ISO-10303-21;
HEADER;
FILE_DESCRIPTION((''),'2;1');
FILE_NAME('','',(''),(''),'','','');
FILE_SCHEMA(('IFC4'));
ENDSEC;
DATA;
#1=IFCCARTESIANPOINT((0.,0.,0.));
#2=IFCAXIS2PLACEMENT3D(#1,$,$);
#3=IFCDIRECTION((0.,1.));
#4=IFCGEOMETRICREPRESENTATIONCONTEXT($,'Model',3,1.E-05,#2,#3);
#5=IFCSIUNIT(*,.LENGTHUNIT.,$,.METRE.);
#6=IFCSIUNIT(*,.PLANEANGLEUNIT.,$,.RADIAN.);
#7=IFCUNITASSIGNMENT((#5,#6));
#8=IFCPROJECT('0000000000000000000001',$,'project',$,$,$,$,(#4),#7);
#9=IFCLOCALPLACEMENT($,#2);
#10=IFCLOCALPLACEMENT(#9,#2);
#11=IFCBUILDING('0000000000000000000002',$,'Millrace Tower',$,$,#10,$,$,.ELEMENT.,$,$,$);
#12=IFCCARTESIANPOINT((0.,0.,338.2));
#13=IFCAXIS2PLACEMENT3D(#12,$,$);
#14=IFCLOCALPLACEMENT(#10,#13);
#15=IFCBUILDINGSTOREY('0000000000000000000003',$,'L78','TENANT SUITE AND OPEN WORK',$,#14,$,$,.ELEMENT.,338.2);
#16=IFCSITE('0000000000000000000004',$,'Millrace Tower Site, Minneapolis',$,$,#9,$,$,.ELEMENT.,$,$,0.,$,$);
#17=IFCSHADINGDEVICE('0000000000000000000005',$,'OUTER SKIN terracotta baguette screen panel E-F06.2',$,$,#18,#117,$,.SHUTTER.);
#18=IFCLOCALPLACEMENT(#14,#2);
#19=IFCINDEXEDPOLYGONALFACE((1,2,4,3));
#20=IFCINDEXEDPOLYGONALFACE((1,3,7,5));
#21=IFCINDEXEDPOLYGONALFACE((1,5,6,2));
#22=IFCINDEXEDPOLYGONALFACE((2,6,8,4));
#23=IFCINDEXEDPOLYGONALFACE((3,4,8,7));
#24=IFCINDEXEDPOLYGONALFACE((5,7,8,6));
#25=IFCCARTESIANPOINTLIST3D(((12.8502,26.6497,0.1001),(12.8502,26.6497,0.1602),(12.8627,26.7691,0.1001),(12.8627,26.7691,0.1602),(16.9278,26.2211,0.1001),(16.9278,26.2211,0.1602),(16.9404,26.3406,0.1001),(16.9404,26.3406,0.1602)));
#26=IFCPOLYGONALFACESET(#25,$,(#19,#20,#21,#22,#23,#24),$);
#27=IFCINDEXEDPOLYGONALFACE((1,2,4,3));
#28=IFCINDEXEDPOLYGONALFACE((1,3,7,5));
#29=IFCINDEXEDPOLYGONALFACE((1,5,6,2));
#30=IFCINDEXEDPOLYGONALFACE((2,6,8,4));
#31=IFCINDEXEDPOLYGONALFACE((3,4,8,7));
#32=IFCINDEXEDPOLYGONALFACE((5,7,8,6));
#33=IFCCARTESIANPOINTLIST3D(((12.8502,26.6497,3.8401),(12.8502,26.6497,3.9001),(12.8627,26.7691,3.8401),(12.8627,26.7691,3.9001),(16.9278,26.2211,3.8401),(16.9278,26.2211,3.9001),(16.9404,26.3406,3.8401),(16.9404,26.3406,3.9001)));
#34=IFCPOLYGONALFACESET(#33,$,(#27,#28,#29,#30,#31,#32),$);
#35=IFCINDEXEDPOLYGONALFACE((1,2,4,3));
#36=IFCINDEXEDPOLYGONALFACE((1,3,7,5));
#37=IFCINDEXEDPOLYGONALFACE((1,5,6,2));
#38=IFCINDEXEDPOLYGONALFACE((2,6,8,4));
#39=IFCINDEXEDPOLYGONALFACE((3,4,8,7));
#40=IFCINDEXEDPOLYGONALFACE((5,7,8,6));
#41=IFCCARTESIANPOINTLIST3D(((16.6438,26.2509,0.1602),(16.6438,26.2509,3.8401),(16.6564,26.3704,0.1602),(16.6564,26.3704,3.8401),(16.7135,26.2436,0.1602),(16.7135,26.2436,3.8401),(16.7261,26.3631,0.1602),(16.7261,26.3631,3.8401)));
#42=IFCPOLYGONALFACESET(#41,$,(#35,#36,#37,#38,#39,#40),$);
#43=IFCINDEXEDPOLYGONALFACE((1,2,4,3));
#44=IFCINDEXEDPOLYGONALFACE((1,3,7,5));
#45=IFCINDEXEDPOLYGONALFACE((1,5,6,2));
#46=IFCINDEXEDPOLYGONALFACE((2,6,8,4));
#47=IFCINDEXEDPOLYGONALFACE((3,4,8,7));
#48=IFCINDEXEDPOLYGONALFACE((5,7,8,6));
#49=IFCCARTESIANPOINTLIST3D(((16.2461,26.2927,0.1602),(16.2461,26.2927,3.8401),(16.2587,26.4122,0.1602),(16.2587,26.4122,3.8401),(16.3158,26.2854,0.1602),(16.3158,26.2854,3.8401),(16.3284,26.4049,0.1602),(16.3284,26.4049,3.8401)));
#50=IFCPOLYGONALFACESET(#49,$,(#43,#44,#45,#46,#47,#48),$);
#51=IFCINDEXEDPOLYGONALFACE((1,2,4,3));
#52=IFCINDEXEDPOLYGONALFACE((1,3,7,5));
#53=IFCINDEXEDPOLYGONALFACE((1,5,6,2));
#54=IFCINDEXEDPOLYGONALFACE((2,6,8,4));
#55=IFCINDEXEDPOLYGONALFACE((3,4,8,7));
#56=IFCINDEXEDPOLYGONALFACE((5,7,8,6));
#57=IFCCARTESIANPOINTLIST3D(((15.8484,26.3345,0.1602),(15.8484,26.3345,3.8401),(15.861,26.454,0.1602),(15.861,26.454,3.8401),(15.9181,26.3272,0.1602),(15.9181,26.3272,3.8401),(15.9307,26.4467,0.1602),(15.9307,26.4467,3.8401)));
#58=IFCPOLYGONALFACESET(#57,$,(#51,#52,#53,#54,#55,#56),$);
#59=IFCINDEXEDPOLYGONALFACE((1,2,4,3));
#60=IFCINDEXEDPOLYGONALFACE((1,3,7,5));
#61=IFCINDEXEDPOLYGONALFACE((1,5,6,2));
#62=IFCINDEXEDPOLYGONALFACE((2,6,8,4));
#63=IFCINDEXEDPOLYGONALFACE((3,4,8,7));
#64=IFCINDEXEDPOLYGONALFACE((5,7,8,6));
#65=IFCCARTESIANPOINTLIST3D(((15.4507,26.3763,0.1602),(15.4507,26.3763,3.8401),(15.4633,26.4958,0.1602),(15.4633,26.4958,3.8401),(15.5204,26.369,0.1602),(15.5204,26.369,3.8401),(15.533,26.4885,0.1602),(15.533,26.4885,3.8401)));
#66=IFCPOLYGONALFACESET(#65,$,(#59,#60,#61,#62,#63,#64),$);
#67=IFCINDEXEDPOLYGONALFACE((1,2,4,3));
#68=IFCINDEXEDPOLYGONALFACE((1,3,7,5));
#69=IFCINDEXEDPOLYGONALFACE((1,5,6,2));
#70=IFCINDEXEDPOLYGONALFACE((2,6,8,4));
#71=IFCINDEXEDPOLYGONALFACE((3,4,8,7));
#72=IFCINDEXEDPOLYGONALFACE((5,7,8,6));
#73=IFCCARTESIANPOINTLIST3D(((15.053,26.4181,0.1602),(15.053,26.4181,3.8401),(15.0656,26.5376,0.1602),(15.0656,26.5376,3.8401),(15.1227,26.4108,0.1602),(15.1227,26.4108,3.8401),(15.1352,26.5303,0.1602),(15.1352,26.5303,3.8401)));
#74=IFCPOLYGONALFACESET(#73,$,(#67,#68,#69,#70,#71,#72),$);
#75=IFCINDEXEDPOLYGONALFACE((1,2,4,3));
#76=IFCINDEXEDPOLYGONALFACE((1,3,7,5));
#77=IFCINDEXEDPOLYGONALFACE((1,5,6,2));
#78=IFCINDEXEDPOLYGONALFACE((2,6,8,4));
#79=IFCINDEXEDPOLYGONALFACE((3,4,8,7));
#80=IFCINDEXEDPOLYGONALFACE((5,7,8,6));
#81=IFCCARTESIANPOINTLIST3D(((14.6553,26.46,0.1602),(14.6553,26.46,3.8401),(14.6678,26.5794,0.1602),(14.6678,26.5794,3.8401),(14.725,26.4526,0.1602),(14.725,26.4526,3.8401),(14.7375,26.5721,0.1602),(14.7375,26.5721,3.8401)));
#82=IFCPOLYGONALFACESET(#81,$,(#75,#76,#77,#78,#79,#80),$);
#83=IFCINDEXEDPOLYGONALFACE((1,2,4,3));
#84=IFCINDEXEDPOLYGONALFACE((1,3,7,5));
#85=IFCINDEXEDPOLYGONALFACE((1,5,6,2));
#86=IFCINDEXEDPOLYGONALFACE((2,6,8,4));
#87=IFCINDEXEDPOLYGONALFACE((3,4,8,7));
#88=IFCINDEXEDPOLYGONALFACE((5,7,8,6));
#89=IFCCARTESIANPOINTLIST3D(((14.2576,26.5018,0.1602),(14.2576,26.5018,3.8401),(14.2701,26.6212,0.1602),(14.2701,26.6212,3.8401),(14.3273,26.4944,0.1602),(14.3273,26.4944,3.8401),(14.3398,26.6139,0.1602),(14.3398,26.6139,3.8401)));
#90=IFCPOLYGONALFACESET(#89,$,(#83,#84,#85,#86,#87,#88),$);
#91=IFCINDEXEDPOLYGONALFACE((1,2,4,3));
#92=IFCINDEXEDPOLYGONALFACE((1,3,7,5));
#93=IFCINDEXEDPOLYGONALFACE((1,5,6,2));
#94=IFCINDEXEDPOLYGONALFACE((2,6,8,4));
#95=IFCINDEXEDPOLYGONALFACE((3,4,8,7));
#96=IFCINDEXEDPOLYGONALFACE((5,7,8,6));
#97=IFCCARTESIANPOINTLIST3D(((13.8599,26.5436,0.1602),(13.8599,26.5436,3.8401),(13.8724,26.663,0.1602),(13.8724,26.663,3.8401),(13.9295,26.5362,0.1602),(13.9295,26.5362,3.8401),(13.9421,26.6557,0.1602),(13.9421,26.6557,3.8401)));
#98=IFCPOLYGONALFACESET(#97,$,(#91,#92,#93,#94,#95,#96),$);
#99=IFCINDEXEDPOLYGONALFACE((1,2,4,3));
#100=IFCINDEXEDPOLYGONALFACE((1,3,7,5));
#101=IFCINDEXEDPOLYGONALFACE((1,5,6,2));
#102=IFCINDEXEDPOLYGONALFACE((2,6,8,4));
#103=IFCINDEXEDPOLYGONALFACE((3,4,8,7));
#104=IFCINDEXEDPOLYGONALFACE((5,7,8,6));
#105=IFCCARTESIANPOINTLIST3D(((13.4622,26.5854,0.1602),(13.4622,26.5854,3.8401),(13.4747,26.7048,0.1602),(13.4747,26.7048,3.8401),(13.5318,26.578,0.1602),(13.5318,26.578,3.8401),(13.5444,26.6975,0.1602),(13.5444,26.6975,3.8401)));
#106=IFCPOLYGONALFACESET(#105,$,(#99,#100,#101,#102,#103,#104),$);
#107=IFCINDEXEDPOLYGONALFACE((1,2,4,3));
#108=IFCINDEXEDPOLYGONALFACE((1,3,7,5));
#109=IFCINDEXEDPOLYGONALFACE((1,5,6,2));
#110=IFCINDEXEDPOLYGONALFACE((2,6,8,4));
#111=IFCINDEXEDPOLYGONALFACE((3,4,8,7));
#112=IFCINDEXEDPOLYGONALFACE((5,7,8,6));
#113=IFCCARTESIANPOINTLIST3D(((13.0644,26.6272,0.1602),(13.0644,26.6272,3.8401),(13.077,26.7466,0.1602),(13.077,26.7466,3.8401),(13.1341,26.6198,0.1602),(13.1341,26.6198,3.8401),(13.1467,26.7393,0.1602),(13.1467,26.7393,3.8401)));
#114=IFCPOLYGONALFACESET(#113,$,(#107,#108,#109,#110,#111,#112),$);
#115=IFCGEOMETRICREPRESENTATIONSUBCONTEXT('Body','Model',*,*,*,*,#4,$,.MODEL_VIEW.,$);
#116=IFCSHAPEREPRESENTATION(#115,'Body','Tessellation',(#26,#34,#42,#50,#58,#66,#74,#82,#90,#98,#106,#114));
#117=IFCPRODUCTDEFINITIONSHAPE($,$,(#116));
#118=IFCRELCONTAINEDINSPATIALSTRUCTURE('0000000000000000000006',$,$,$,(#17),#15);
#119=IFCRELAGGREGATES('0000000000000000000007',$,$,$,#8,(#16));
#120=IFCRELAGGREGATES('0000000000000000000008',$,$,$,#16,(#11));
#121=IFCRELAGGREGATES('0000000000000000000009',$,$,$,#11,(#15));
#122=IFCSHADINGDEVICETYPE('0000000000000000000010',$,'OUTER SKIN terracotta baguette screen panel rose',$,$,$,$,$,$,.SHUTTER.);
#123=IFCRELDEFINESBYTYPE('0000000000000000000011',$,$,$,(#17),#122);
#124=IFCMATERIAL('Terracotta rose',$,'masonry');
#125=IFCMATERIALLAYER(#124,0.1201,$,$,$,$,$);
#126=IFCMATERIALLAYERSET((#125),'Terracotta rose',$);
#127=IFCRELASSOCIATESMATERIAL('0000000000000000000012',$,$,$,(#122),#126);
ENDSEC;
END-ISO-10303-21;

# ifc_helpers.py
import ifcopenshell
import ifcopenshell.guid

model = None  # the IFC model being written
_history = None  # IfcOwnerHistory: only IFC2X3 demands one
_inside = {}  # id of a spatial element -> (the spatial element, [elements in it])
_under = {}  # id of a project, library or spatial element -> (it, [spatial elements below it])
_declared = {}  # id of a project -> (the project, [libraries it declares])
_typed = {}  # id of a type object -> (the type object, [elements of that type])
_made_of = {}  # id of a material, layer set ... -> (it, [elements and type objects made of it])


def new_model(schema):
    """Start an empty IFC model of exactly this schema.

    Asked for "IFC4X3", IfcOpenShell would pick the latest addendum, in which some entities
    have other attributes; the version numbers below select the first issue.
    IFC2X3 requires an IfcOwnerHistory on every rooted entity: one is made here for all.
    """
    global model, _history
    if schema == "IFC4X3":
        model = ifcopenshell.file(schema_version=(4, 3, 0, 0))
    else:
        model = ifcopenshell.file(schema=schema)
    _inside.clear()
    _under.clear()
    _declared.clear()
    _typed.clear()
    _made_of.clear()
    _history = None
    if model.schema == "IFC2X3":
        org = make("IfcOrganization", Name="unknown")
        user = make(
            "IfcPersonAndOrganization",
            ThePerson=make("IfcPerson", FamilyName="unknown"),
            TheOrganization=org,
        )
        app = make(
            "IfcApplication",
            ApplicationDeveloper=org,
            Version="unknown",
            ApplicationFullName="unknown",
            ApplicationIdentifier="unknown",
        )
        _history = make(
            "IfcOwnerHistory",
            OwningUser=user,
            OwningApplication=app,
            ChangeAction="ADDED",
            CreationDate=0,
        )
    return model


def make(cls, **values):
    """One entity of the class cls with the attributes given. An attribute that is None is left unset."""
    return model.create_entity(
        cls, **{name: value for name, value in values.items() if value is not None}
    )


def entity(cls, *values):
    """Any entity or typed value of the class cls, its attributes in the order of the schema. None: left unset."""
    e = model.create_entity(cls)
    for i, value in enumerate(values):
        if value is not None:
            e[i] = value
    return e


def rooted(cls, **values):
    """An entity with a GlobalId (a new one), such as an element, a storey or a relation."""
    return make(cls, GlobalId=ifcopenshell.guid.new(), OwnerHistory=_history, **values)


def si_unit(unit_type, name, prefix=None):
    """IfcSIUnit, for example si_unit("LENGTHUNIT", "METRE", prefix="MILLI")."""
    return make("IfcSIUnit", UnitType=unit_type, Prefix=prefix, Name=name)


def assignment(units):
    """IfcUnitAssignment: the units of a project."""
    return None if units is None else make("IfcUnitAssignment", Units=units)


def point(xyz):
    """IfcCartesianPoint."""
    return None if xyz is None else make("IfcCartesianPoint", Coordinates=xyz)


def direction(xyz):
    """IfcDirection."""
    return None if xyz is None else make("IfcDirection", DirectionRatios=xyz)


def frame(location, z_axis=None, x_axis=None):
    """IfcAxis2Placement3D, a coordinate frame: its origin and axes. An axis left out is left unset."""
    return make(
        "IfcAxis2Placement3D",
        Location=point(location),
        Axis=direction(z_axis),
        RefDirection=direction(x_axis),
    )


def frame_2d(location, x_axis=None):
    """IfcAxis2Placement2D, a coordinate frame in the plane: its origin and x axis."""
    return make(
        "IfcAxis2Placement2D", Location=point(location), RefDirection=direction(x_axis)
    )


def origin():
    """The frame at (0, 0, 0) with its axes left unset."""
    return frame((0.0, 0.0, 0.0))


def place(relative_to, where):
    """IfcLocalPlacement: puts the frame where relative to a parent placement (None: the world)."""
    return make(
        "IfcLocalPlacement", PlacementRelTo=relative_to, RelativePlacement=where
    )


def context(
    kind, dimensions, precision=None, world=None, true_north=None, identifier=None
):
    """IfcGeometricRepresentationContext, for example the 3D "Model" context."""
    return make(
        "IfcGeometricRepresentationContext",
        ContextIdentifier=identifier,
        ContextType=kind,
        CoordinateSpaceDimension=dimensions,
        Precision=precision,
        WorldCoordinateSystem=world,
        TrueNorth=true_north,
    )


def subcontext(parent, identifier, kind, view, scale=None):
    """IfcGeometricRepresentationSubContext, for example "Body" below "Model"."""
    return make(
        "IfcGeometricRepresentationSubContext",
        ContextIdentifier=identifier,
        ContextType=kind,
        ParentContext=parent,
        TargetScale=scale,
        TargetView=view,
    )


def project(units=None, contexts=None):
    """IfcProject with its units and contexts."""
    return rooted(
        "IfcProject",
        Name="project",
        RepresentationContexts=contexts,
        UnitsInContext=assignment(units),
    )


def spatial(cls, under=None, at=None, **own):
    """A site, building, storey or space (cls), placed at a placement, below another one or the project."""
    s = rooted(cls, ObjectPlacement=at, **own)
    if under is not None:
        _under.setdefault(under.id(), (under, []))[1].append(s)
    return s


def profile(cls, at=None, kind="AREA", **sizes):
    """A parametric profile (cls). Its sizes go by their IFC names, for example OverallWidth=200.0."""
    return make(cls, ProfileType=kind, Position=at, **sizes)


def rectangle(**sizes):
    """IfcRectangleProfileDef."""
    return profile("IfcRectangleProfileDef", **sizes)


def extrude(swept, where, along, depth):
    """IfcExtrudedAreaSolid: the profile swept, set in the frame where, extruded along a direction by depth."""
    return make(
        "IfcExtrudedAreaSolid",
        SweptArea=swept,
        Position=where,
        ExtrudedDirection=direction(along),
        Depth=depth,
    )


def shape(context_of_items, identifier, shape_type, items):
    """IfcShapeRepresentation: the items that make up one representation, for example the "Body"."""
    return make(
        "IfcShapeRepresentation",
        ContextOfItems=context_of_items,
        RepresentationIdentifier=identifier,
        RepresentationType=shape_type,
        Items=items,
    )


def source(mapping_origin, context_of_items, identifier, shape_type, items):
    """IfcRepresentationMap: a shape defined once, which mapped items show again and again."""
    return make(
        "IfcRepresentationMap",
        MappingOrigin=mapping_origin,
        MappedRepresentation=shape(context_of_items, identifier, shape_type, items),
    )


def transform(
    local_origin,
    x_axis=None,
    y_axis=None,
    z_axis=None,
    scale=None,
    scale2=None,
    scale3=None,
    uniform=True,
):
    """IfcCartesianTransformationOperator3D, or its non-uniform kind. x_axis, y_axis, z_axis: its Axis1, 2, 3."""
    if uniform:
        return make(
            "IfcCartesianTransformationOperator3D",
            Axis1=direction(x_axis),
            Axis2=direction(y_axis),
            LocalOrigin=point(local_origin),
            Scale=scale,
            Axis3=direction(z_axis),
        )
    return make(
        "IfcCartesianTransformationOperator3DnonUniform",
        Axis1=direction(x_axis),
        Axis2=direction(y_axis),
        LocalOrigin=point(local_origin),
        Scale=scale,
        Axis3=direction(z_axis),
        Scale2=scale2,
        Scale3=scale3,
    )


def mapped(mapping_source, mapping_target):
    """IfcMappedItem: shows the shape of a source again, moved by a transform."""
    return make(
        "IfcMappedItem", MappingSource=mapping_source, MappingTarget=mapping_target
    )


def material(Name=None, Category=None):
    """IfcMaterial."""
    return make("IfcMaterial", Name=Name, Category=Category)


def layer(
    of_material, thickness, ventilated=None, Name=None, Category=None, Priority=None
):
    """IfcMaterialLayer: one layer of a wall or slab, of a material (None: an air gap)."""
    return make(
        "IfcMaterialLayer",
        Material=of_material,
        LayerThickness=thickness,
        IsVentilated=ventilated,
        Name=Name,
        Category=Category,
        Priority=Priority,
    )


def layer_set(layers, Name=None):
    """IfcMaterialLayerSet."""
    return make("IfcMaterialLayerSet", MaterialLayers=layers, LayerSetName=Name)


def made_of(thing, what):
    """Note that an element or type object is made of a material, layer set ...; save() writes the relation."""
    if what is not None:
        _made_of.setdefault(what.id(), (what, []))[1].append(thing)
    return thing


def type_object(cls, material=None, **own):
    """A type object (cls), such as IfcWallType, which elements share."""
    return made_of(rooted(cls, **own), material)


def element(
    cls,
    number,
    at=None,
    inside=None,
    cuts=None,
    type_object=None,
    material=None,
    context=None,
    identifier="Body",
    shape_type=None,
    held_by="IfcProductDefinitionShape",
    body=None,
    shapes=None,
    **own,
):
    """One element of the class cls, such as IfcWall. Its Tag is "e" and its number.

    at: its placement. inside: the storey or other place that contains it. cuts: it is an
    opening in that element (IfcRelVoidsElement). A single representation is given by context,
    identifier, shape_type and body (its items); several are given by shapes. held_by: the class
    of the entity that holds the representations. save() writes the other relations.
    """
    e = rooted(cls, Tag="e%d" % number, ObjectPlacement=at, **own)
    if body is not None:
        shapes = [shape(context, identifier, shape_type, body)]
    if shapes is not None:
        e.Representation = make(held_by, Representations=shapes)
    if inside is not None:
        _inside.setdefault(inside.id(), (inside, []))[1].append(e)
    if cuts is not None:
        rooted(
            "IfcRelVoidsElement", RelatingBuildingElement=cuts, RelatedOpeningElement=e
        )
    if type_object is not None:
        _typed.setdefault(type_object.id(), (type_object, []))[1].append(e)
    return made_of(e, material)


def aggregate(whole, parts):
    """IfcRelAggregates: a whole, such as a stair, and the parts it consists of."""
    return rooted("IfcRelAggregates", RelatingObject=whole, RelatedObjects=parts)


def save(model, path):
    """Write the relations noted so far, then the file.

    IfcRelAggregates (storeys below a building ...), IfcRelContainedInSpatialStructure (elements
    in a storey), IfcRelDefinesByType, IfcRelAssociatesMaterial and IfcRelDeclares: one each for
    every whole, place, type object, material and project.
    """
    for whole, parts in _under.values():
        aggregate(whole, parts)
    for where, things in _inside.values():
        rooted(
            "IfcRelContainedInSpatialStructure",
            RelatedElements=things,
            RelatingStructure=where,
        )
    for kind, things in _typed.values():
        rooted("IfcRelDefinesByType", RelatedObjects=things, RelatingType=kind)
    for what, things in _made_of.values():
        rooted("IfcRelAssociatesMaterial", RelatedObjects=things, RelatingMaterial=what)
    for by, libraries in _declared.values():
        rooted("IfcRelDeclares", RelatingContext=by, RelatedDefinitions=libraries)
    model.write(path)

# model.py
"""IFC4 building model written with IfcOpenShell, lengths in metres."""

from ifc_helpers import new_model, entity, si_unit, direction, frame, frame_2d, origin, place, context, subcontext, project, spatial, rectangle, extrude, source, transform, mapped, material, layer, layer_set, type_object, element, save


model = new_model("IFC4")

# Units and contexts
model_context = context("Model", 3, precision=1e-05, world=origin(), true_north=direction((0.0, 1.0)))
body_context = subcontext(model_context, "Body", "Model", "MODEL_VIEW")
ifc_project = project(units=[si_unit("LENGTHUNIT", "METRE"), si_unit("PLANEANGLEUNIT", "RADIAN")], contexts=[model_context])

# Site, building, storey
site_placement = place(None, origin())
site = spatial("IfcSite", under=ifc_project, at=site_placement, Name="Millrace Tower Site, Minneapolis", CompositionType="ELEMENT", RefElevation=0.0)
building_placement = place(site_placement, origin())
building = spatial("IfcBuilding", under=site, at=building_placement, Name="Millrace Tower", CompositionType="ELEMENT")
storey_placement = place(building_placement, frame((0.0, 0.0, 338.2)))
storey = spatial("IfcBuildingStorey", under=building, at=storey_placement, Name="L78", Description="TENANT SUITE AND OPEN WORK", CompositionType="ELEMENT", Elevation=338.2)

# Shading device
ifc_material_1 = material(Name="Terracotta rose", Category="masonry")
ifc_layer_1 = layer(ifc_material_1, 0.1201)
ifc_layer_set_1 = layer_set([ifc_layer_1], Name="Terracotta rose")
shading_device_type = type_object("IfcShadingDeviceType", Name="OUTER SKIN terracotta baguette screen panel rose", PredefinedType="SHUTTER", material=ifc_layer_set_1)
cartesian_point_1 = entity("IfcCartesianPoint", [-2.05, 0.0601])
shared_polyline_1 = entity("IfcPolyline", [cartesian_point_1, entity("IfcCartesianPoint", [2.05, 0.0601]), entity("IfcCartesianPoint", [2.05, -0.0601]), entity("IfcCartesianPoint", [-2.05, -0.0601]), cartesian_point_1])
shared_shape_1 = source(origin(), body_context, "Body", "SweptSolid", [
    entity("IfcExtrudedAreaSolid", entity("IfcArbitraryClosedProfileDef", "AREA", None, shared_polyline_1), entity("IfcAxis2Placement3D", entity("IfcCartesianPoint", [0.0, 0.0, 0.0])), entity("IfcDirection", [0.0, 0.0, 1.0]), 0.0601),
    entity("IfcExtrudedAreaSolid", entity("IfcArbitraryClosedProfileDef", "AREA", None, shared_polyline_1), entity("IfcAxis2Placement3D", entity("IfcCartesianPoint", [0.0, 0.0, 3.74])), entity("IfcDirection", [0.0, 0.0, 1.0]), 0.0601),
    extrude(rectangle(XDim=0.0701, YDim=0.1201, at=frame_2d((-1.7996, 0.0))), frame((0.0, 0.0, 0.0601)), (0.0, 0.0, 1.0), 3.6799),
    extrude(rectangle(XDim=0.0701, YDim=0.1201, at=frame_2d((-1.3997, 0.0))), frame((0.0, 0.0, 0.0601)), (0.0, 0.0, 1.0), 3.6799),
    extrude(rectangle(XDim=0.0701, YDim=0.1201, at=frame_2d((-0.9998, 0.0))), frame((0.0, 0.0, 0.0601)), (0.0, 0.0, 1.0), 3.6799),
    extrude(rectangle(XDim=0.0701, YDim=0.1201, at=frame_2d((-0.5999, 0.0))), frame((0.0, 0.0, 0.0601)), (0.0, 0.0, 1.0), 3.6799),
    extrude(rectangle(XDim=0.0701, YDim=0.1201, at=frame_2d((-0.2, 0.0))), frame((0.0, 0.0, 0.0601)), (0.0, 0.0, 1.0), 3.6799),
    extrude(rectangle(XDim=0.0701, YDim=0.1201, at=frame_2d((0.2, 0.0))), frame((0.0, 0.0, 0.0601)), (0.0, 0.0, 1.0), 3.6799),
    extrude(rectangle(XDim=0.0701, YDim=0.1201, at=frame_2d((0.5999, 0.0))), frame((0.0, 0.0, 0.0601)), (0.0, 0.0, 1.0), 3.6799),
    extrude(rectangle(XDim=0.0701, YDim=0.1201, at=frame_2d((0.9998, 0.0))), frame((0.0, 0.0, 0.0601)), (0.0, 0.0, 1.0), 3.6799),
    extrude(rectangle(XDim=0.0701, YDim=0.1201, at=frame_2d((1.3997, 0.0))), frame((0.0, 0.0, 0.0601)), (0.0, 0.0, 1.0), 3.6799),
    extrude(rectangle(XDim=0.0701, YDim=0.1201, at=frame_2d((1.7996, 0.0))), frame((0.0, 0.0, 0.0601)), (0.0, 0.0, 1.0), 3.6799),
])
for number, where, z_axis, x_axis, name in (
    (1, (14.8953, 26.4951, 0.1001), (0.0, 0.0, 1.0), (-0.994522, 0.104528, 0.0), "OUTER SKIN terracotta baguette screen panel E-F06.2"),
):
    element("IfcShadingDevice", number, at=place(storey_placement, frame(where, z_axis=z_axis, x_axis=x_axis)), inside=storey, type_object=shading_device_type, Name=name, PredefinedType="SHUTTER", context=body_context, shape_type="MappedRepresentation", body=[
        mapped(shared_shape_1, transform((0.0, 0.0, 0.0), scale=1.0)),
    ])

save(model, "model.ifc")
